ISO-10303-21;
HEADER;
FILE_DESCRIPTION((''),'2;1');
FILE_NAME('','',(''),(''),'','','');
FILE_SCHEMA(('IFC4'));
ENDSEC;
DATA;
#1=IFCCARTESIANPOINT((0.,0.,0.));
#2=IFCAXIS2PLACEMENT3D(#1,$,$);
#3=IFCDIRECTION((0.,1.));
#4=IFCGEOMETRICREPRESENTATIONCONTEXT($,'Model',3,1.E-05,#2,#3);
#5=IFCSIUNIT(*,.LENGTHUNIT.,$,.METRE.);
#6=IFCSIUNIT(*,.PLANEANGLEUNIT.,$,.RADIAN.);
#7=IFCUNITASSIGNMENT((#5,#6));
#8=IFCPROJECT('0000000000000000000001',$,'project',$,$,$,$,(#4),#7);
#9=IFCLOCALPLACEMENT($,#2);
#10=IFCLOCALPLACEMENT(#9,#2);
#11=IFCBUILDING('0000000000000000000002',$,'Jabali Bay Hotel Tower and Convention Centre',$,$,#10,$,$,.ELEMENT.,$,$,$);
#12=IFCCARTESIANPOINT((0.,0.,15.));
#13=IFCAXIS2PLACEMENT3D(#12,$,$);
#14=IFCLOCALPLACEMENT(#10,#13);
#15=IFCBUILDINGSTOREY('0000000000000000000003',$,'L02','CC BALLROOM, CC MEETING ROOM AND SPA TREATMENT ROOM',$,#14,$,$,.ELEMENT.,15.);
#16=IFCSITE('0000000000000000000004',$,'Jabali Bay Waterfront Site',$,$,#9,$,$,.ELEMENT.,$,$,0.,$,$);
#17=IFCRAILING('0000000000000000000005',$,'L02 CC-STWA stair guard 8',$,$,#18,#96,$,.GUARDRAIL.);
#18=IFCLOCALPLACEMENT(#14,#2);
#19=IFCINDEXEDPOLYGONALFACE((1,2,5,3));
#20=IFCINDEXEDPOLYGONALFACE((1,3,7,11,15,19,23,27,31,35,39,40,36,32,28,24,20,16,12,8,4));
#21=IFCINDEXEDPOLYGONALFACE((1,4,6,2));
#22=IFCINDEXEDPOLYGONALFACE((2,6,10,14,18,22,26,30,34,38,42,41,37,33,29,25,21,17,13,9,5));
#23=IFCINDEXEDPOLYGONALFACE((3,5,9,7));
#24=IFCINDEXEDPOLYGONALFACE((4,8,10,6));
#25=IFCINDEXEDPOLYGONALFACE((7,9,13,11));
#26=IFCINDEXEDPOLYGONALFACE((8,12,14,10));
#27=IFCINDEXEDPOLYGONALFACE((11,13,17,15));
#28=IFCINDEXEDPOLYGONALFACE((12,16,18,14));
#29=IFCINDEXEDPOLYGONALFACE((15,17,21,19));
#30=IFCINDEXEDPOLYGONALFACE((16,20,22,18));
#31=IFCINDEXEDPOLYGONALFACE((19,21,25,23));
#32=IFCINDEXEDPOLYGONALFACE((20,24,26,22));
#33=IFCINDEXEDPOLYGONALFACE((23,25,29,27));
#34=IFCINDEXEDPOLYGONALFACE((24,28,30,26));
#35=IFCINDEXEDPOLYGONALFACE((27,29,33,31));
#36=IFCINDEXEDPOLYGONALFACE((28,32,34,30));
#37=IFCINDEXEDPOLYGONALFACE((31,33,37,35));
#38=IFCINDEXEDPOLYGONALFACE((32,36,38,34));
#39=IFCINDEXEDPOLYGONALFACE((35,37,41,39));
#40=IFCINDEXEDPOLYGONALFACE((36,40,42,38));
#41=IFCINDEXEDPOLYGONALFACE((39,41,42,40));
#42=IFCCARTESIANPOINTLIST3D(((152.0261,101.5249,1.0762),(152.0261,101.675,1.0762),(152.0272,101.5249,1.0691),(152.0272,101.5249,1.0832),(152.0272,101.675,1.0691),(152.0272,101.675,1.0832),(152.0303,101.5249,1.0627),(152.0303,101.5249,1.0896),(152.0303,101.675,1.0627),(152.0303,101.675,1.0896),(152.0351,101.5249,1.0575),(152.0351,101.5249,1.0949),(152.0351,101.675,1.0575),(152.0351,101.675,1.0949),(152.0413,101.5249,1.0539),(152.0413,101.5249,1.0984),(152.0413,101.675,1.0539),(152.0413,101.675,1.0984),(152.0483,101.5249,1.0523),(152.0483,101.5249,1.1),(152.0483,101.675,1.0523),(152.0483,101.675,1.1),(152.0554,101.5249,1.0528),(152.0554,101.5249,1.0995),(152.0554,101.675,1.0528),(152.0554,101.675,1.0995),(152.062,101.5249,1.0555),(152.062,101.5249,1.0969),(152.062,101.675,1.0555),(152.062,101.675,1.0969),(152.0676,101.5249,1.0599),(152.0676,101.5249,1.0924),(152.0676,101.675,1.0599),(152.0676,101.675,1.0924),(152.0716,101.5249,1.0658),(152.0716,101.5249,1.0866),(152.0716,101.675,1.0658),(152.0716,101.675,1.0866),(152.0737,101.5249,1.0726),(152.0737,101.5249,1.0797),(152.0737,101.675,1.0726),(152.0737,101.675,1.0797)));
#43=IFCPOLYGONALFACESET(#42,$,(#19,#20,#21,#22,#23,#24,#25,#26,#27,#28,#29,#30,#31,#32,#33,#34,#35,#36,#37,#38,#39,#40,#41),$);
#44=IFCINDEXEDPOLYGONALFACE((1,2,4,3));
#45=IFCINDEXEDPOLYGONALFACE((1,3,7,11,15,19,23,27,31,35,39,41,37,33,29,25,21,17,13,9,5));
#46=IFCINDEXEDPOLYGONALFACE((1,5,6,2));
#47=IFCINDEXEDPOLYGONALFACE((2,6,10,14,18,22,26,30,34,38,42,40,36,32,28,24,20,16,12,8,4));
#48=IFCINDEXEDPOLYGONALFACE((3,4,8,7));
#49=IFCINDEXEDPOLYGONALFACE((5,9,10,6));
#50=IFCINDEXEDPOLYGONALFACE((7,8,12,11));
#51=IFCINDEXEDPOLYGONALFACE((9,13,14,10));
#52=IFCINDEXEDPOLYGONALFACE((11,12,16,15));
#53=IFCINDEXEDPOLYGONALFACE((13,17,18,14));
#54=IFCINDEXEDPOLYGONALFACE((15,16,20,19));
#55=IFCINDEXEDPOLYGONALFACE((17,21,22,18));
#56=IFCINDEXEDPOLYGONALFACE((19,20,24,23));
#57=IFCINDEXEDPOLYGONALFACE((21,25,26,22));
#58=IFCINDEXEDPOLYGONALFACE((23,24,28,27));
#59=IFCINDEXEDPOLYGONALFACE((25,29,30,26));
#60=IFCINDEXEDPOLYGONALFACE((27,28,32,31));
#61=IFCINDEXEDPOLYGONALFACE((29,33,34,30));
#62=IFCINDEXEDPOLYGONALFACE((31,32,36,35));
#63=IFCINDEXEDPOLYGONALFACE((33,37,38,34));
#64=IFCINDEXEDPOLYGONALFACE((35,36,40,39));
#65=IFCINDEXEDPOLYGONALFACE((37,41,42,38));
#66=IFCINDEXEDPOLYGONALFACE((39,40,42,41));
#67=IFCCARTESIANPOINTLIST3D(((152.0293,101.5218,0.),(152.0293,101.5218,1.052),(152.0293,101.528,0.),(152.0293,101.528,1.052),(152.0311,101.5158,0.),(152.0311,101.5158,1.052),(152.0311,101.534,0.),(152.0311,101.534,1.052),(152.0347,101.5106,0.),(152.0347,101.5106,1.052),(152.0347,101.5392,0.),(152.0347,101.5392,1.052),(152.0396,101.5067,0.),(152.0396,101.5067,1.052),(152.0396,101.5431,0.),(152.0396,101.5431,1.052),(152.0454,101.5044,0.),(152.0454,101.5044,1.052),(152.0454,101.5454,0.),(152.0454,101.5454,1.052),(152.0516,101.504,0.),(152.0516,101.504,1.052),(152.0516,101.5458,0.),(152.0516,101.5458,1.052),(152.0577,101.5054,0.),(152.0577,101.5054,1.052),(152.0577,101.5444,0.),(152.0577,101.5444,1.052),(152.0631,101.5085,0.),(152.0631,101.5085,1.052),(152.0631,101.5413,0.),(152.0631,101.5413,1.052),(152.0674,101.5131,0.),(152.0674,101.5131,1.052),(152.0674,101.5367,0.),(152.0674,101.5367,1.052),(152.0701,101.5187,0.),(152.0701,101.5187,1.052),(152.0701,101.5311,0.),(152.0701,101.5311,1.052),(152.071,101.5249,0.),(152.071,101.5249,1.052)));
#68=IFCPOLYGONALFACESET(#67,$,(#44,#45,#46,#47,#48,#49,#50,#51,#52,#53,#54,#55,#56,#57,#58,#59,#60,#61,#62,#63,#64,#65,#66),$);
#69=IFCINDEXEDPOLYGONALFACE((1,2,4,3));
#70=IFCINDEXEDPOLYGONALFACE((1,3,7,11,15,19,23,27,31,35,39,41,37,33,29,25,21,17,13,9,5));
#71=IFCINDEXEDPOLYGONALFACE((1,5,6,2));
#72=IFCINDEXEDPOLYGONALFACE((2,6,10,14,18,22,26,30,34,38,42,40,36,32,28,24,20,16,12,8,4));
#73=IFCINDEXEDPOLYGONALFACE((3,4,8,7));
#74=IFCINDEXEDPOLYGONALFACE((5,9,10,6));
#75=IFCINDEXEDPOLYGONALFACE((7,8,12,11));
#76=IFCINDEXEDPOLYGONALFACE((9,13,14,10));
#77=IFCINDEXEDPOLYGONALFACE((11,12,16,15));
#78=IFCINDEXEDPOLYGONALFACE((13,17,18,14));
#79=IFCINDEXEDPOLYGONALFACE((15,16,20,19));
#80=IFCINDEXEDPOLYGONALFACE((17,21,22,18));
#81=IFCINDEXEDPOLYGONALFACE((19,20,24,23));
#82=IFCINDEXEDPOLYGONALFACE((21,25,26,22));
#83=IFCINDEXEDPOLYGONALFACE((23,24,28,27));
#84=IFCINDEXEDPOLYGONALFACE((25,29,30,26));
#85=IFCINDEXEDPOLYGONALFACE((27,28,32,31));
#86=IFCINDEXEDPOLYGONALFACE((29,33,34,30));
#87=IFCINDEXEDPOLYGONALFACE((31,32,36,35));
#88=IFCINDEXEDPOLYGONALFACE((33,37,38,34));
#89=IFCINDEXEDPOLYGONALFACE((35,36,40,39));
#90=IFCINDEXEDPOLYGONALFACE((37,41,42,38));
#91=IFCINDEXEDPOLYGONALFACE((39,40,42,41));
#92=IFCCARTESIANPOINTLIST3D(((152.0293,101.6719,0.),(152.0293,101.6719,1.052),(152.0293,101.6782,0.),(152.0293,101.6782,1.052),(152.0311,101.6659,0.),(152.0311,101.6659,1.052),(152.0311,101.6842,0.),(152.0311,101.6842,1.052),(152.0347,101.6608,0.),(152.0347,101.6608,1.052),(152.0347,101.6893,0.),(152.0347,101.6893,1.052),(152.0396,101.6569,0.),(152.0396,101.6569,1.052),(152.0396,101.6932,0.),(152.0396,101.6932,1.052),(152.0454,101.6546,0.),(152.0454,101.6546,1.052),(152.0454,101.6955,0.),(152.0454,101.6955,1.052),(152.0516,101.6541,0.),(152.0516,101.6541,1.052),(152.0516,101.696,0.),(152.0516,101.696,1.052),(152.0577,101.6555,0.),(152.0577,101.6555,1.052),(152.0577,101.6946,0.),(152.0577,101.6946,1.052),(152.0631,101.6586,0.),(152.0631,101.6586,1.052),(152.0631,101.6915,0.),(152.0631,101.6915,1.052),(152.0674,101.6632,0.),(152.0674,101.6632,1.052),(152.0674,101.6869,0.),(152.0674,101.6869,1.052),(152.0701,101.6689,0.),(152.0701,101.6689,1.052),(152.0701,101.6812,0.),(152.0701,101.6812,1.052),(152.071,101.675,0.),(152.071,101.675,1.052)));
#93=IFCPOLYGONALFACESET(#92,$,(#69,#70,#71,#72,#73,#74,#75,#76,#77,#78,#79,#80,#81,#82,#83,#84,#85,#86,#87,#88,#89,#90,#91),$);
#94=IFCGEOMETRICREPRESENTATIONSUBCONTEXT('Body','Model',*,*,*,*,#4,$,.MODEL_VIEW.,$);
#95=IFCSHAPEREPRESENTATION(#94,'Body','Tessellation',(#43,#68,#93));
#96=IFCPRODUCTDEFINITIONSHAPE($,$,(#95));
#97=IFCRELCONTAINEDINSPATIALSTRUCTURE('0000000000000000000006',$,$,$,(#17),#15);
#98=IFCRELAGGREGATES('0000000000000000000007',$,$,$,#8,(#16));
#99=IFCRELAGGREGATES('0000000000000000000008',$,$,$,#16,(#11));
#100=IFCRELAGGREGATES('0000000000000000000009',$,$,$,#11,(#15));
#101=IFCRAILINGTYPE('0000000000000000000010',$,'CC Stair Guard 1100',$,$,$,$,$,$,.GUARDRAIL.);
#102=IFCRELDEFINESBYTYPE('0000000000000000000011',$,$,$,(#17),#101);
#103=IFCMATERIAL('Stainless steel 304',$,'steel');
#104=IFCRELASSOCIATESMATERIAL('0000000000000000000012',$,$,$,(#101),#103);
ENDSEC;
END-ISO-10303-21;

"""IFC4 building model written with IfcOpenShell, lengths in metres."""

from ifc_helpers import new_model, si_unit, direction, frame, origin, origin_2d, place, context, subcontext, project, spatial, circle, extrude, material, type_object, element, save


model = new_model("IFC4")

# Units and contexts
model_context = context("Model", 3, precision=1e-05, world=origin(), true_north=direction((0.0, 1.0)))
body_context = subcontext(model_context, "Body", "Model", "MODEL_VIEW")
ifc_project = project(units=[si_unit("LENGTHUNIT", "METRE"), si_unit("PLANEANGLEUNIT", "RADIAN")], contexts=[model_context])

# Site, building, storey
site_placement = place(None, origin())
site = spatial("IfcSite", under=ifc_project, at=site_placement, Name="Jabali Bay Waterfront Site", CompositionType="ELEMENT", RefElevation=0.0)
building_placement = place(site_placement, origin())
building = spatial("IfcBuilding", under=site, at=building_placement, Name="Jabali Bay Hotel Tower and Convention Centre", CompositionType="ELEMENT")
storey_placement = place(building_placement, frame((0.0, 0.0, 15.0)))
storey = spatial("IfcBuildingStorey", under=building, at=storey_placement, Name="L02", Description="CC BALLROOM, CC MEETING ROOM AND SPA TREATMENT ROOM", CompositionType="ELEMENT", Elevation=15.0)

# Railing
ifc_material_1 = material(Name="Stainless steel 304", Category="steel")
railing_type_1 = type_object("IfcRailingType", Name="CC Stair Guard 1100", PredefinedType="GUARDRAIL", material=ifc_material_1)
railing_1_placement = place(storey_placement, frame((152.05, 101.5249, 0.0)))
element("IfcRailing", 1, at=railing_1_placement, inside=storey, type_object=railing_type_1, Name="L02 CC-STWA stair guard 8", PredefinedType="GUARDRAIL", context=body_context, shape_type="SweptSolid", body=[
    extrude(circle(Radius=0.0239, at=origin_2d()), frame((0.0, 0.0, 1.0762), z_axis=(0.0, 1.0, 0.0), x_axis=(-1.0, 0.0, 0.0)), (0.0, 0.0, 1.0), 0.1501),
    extrude(circle(Radius=0.021, at=origin_2d()), origin(), (0.0, 0.0, 1.0), 1.052),
    extrude(circle(Radius=0.021, at=origin_2d()), frame((0.0, 0.1501, 0.0)), (0.0, 0.0, 1.0), 1.052),
])

save(model, "model.ifc")
